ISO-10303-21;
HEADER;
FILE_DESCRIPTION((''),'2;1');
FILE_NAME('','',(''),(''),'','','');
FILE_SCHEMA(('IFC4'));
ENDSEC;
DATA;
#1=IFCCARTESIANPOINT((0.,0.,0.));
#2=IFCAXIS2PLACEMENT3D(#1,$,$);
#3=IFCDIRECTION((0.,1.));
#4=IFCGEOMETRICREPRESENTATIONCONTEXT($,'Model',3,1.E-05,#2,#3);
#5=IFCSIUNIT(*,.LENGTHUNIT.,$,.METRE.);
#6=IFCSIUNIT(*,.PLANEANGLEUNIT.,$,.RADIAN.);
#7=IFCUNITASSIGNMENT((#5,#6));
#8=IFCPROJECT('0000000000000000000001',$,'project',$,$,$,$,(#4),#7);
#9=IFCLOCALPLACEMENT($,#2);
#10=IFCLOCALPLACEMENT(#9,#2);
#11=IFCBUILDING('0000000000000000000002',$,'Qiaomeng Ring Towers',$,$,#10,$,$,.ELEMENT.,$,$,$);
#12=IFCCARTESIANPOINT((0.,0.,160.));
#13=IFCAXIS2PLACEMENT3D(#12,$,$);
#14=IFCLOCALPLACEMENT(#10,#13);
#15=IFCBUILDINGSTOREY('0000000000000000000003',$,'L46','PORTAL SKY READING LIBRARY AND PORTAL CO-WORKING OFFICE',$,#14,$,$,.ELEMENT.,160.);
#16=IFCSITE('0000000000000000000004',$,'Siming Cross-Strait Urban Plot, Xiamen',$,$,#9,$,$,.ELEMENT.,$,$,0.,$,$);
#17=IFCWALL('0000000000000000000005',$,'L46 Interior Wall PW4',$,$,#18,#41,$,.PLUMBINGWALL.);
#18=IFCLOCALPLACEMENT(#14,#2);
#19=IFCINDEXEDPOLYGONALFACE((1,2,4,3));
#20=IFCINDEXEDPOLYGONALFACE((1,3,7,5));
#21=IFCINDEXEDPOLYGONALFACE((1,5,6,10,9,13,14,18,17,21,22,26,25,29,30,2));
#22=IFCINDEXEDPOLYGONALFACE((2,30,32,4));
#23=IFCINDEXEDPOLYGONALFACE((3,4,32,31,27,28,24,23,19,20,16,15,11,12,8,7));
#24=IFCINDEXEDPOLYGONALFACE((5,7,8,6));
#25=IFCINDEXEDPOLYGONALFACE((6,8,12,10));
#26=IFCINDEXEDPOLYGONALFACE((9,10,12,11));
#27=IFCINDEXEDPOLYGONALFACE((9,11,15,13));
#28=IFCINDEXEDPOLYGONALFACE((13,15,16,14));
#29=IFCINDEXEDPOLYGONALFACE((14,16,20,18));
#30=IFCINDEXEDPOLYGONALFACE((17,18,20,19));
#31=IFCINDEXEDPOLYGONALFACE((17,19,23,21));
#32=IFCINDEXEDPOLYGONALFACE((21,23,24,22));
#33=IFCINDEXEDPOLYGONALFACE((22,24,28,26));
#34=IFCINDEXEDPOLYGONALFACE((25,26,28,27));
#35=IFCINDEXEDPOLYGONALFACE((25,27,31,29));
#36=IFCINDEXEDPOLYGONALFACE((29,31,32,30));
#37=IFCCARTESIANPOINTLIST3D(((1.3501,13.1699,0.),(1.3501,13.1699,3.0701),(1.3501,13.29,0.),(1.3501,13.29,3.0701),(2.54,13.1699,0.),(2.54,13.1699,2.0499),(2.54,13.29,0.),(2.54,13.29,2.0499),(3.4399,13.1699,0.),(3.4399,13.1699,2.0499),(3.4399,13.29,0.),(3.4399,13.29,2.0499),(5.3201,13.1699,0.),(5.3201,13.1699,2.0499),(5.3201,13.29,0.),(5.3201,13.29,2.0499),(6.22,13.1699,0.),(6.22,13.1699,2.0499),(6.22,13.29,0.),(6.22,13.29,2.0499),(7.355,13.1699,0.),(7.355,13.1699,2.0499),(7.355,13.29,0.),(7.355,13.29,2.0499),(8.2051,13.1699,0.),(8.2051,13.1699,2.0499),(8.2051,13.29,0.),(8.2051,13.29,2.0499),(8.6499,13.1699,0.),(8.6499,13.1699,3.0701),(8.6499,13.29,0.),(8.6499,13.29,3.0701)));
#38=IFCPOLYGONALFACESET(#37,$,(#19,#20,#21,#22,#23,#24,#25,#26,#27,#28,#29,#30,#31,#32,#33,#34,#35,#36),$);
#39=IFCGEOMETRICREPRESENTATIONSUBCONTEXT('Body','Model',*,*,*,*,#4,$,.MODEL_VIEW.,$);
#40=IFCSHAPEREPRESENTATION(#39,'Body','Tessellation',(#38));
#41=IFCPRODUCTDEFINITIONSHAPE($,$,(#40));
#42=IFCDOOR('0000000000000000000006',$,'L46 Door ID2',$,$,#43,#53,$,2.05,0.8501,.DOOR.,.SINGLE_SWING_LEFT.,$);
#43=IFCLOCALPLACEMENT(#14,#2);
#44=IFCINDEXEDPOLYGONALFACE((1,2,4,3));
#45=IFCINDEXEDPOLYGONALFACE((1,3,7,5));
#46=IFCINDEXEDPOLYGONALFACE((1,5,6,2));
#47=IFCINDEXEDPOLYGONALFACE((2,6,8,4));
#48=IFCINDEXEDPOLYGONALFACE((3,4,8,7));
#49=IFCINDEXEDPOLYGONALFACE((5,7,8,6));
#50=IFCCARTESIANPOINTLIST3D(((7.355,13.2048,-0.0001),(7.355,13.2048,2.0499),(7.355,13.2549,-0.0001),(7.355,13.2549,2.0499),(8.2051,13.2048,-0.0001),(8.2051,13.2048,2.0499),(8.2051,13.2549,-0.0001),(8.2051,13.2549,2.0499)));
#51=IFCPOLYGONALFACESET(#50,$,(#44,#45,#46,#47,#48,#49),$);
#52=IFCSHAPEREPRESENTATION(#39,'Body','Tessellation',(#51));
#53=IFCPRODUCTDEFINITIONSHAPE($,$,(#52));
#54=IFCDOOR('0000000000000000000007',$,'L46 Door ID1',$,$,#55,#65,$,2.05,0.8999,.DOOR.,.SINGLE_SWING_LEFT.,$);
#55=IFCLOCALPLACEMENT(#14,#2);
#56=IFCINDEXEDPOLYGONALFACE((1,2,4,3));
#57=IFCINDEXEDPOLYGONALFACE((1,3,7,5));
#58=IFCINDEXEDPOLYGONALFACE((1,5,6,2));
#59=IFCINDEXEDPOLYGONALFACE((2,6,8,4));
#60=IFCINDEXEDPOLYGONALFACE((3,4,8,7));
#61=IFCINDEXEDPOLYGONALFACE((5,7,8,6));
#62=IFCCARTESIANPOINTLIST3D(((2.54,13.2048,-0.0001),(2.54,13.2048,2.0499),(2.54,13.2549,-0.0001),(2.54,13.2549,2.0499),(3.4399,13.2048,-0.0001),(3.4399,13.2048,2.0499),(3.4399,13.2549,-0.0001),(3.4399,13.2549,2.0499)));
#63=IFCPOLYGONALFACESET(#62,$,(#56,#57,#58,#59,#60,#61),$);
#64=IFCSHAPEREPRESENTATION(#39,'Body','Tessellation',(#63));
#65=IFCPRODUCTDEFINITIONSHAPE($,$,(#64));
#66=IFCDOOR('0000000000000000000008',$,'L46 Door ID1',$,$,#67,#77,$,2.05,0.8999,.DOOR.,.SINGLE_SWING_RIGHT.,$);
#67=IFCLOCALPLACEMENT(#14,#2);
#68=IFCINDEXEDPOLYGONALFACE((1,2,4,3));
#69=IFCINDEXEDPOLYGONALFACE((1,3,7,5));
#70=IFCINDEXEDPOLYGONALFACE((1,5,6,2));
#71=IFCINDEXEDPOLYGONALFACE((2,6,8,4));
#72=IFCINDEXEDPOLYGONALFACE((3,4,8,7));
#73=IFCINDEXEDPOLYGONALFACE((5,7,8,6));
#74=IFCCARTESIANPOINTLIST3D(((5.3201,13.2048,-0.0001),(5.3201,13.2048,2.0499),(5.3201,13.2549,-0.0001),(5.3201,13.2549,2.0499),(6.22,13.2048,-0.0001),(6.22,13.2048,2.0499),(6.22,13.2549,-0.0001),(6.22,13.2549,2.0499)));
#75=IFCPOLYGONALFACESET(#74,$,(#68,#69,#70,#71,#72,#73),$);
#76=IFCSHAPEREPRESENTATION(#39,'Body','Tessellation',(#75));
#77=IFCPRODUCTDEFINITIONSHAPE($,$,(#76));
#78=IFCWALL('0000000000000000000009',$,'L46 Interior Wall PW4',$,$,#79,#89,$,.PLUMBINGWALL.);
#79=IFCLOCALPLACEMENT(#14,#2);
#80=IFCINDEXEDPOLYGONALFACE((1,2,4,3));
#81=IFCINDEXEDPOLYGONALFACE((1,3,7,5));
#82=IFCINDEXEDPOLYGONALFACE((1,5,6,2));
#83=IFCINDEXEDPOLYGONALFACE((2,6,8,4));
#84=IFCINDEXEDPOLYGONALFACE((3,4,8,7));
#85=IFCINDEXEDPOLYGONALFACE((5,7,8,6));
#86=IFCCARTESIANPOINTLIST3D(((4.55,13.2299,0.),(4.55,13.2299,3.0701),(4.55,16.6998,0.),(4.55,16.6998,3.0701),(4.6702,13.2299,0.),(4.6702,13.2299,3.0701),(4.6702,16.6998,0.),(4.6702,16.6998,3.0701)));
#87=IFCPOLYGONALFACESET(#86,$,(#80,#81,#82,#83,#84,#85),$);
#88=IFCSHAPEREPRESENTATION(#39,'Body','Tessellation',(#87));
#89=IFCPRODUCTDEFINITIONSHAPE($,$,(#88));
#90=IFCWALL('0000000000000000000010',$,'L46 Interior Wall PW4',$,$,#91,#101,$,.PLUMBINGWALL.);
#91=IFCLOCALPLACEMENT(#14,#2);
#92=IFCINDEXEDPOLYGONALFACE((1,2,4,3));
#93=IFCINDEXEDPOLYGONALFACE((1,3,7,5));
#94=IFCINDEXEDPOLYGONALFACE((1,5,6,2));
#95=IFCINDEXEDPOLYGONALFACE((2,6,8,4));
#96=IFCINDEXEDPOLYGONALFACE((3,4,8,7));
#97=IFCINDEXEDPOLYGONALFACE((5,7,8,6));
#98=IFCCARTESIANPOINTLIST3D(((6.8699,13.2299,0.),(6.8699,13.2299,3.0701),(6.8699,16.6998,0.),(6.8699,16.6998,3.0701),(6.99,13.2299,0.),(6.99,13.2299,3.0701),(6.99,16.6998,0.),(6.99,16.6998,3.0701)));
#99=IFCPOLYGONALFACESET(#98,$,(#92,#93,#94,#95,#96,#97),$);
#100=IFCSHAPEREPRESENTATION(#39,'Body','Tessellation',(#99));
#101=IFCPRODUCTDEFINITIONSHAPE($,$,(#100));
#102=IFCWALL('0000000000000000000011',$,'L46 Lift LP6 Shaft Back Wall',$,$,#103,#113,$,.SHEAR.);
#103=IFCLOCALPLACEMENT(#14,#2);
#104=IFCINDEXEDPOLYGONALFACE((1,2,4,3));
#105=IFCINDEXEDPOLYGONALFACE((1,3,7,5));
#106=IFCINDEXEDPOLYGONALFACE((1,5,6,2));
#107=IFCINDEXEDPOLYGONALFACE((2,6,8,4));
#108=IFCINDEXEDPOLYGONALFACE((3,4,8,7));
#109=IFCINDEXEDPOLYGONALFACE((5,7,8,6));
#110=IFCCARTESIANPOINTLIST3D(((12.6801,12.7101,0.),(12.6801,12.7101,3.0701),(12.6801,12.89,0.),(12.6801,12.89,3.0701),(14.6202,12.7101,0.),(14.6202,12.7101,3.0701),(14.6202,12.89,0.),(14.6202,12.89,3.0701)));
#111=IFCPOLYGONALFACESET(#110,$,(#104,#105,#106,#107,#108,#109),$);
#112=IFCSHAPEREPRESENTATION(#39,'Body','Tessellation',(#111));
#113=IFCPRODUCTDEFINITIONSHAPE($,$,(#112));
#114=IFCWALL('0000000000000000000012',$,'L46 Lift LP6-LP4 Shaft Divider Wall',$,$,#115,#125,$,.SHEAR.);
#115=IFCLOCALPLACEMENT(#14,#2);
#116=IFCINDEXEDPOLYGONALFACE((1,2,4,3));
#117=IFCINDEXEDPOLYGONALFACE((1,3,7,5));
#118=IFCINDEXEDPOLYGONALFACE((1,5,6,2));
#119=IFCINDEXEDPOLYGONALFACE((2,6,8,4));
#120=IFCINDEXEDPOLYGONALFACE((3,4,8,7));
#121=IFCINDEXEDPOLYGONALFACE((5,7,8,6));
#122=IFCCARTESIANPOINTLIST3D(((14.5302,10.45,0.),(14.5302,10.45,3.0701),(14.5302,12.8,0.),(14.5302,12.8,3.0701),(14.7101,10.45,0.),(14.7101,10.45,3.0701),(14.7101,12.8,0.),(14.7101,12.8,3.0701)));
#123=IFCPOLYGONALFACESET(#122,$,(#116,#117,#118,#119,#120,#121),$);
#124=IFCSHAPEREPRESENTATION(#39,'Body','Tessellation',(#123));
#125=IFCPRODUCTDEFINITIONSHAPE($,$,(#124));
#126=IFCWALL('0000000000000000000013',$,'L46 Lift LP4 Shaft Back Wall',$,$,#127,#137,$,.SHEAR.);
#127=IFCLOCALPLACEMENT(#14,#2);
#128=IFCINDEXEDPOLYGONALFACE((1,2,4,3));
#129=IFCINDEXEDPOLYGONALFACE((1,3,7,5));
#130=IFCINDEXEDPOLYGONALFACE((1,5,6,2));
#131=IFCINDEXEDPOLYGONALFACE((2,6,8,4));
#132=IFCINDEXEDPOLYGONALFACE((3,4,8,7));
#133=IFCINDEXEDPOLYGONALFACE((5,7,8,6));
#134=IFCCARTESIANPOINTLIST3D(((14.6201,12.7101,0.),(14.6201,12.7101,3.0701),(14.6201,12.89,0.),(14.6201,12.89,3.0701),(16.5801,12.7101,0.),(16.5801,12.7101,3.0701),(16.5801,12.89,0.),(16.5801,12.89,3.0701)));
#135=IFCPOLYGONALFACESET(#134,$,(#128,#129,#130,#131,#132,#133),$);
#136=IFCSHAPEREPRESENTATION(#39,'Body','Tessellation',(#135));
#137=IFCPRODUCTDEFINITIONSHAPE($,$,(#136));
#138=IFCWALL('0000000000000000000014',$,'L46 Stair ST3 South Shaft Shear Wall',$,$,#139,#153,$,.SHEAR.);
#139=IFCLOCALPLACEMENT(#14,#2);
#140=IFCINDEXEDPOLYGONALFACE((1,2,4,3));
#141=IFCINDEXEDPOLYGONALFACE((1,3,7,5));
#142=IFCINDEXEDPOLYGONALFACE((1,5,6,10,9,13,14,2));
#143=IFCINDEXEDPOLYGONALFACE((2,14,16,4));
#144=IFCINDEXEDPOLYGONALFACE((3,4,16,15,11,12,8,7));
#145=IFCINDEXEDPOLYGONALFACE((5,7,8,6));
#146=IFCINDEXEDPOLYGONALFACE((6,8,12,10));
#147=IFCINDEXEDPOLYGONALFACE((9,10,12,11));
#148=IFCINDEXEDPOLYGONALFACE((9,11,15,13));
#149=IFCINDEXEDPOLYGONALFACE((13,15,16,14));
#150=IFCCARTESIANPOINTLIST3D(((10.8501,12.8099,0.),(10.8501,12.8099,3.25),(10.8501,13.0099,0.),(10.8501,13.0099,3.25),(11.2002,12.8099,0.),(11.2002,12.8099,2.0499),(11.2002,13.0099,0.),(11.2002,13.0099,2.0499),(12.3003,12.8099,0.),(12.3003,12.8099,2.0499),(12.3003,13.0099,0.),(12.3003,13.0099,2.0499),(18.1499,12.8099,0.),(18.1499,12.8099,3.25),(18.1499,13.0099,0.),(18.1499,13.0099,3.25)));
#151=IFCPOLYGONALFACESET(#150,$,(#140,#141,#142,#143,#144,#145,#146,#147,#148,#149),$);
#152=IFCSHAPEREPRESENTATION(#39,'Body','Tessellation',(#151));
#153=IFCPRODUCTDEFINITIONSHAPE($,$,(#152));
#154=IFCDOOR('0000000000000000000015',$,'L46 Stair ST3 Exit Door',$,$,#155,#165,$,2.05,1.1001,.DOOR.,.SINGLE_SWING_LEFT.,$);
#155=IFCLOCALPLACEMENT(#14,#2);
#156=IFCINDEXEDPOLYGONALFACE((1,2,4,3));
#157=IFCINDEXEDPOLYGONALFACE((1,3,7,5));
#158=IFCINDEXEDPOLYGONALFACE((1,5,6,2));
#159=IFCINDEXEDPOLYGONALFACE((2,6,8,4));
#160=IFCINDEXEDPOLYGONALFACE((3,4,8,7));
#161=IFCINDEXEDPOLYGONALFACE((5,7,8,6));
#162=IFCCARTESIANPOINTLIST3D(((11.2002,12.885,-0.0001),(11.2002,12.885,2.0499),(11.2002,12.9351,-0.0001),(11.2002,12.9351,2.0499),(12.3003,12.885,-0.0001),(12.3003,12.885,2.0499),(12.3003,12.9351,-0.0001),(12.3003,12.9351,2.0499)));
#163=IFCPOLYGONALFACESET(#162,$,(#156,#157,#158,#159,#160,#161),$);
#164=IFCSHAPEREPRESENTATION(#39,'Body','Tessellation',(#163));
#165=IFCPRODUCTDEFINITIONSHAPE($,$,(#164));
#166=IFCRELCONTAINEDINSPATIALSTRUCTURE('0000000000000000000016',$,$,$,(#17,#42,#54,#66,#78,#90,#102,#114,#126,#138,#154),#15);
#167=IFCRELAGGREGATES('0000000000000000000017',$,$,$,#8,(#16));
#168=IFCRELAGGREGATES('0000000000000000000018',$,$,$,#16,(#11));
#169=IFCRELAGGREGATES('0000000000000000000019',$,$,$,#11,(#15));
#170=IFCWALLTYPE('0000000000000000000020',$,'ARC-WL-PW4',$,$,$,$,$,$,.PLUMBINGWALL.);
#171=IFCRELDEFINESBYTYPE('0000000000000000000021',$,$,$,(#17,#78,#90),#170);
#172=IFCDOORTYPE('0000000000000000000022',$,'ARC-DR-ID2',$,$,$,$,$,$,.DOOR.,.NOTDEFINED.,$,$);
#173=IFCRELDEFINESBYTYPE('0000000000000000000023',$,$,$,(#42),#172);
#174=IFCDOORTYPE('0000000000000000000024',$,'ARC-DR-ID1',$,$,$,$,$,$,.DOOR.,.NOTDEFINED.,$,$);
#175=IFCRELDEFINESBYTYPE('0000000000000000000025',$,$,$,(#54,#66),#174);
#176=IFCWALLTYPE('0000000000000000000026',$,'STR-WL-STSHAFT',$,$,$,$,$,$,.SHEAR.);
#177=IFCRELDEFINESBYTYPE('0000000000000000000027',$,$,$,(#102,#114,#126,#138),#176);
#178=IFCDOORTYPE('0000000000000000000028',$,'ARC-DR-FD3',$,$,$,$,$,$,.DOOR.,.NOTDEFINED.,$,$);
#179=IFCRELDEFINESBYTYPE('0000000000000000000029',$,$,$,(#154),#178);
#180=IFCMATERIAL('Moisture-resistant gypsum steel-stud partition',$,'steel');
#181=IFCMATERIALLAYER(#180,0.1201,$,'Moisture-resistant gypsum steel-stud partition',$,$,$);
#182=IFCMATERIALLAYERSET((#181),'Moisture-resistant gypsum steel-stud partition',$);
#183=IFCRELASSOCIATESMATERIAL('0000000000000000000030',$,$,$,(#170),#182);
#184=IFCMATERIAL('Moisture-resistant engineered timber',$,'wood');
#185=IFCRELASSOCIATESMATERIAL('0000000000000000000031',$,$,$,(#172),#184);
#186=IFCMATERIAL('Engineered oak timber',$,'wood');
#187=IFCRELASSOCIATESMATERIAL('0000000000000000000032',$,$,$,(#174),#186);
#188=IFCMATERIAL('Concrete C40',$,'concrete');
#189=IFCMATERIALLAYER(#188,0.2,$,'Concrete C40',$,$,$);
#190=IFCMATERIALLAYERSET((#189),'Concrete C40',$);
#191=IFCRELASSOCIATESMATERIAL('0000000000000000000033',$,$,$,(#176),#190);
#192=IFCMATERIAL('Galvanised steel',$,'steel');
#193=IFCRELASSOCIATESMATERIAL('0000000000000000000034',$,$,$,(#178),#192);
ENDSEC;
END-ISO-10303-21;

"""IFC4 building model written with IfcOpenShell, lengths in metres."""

from ifc_helpers import new_model, si_unit, direction, frame, frame_2d, origin, place, context, subcontext, project, spatial, rectangle, extrude, source, transform, mapped, material, layer, layer_set, type_object, element, fill, save


model = new_model("IFC4")

# Units and contexts
model_context = context("Model", 3, precision=1e-05, world=origin(), true_north=direction((0.0, 1.0)))
body_context = subcontext(model_context, "Body", "Model", "MODEL_VIEW")
ifc_project = project(units=[si_unit("LENGTHUNIT", "METRE"), si_unit("PLANEANGLEUNIT", "RADIAN")], contexts=[model_context])

# Site, building, storey
site_placement = place(None, origin())
site = spatial("IfcSite", under=ifc_project, at=site_placement, Name="Siming Cross-Strait Urban Plot, Xiamen", CompositionType="ELEMENT", RefElevation=0.0)
building_placement = place(site_placement, origin())
building = spatial("IfcBuilding", under=site, at=building_placement, Name="Qiaomeng Ring Towers", CompositionType="ELEMENT")
storey_placement = place(building_placement, frame((0.0, 0.0, 160.0)))
storey = spatial("IfcBuildingStorey", under=building, at=storey_placement, Name="L46", Description="PORTAL SKY READING LIBRARY AND PORTAL CO-WORKING OFFICE", CompositionType="ELEMENT", Elevation=160.0)

# Wall, openings, doors
ifc_material_1 = material(Name="Moisture-resistant gypsum steel-stud partition", Category="steel")
ifc_layer_1 = layer(ifc_material_1, 0.1201, Name="Moisture-resistant gypsum steel-stud partition")
ifc_layer_set_1 = layer_set([ifc_layer_1], Name="Moisture-resistant gypsum steel-stud partition")
wall_type_1 = type_object("IfcWallType", Name="ARC-WL-PW4", PredefinedType="PLUMBINGWALL", material=ifc_layer_set_1)
wall_1_placement = place(storey_placement, frame((1.3501, 13.23, 0.0), z_axis=(0.0, 0.0, 1.0), x_axis=(1.0, 0.0, 0.0)))
wall_1 = element("IfcWall", 1, at=wall_1_placement, inside=storey, type_object=wall_type_1, Name="L46 Interior Wall PW4", PredefinedType="PLUMBINGWALL", context=body_context, shape_type="SweptSolid", body=[
    extrude(rectangle(XDim=7.2998, YDim=0.1201, at=frame_2d((3.6499, 0.0))), origin(), (0.0, 0.0, 1.0), 3.0701),
])
opening_1_placement = place(wall_1_placement, frame((1.1899, 0.0, 0.0)))
opening_1 = element("IfcOpeningElement", 2, at=opening_1_placement, cuts=wall_1, PredefinedType="OPENING", context=body_context, shape_type="SweptSolid", body=[
    extrude(rectangle(XDim=0.8999, YDim=2.05, at=frame_2d((0.45, 1.0249))), frame((0.0, 0.0701, 0.0), z_axis=(0.0, -1.0, 0.0), x_axis=(1.0, 0.0, 0.0)), (0.0, 0.0, 1.0), 0.1401),
])
opening_2_placement = place(wall_1_placement, frame((3.97, 0.0, 0.0)))
opening_2 = element("IfcOpeningElement", 3, at=opening_2_placement, cuts=wall_1, PredefinedType="OPENING", context=body_context, shape_type="SweptSolid", body=[
    extrude(rectangle(XDim=0.8999, YDim=2.05, at=frame_2d((0.45, 1.0249))), frame((0.0, 0.0701, 0.0), z_axis=(0.0, -1.0, 0.0), x_axis=(1.0, 0.0, 0.0)), (0.0, 0.0, 1.0), 0.1401),
])
opening_3_placement = place(wall_1_placement, frame((6.0049, 0.0, 0.0)))
opening_3 = element("IfcOpeningElement", 4, at=opening_3_placement, cuts=wall_1, PredefinedType="OPENING", context=body_context, shape_type="SweptSolid", body=[
    extrude(rectangle(XDim=0.8501, YDim=2.05, at=frame_2d((0.425, 1.0249))), frame((0.0, 0.0701, 0.0), z_axis=(0.0, -1.0, 0.0), x_axis=(1.0, 0.0, 0.0)), (0.0, 0.0, 1.0), 0.1401),
])
ifc_material_2 = material(Name="Moisture-resistant engineered timber", Category="wood")
door_type_1 = type_object("IfcDoorType", Name="ARC-DR-ID2", OperationType="NOTDEFINED", PredefinedType="DOOR", material=ifc_material_2)
shared_shape_1 = source(origin(), body_context, "Body", "SweptSolid", [
    extrude(rectangle(XDim=0.8501, YDim=2.05, at=frame_2d((0.425, 1.0249))), frame((0.0, 0.0249, 0.0), z_axis=(0.0, -1.0, 0.0), x_axis=(1.0, 0.0, 0.0)), (0.0, 0.0, 1.0), 0.05),
])
door_1_placement = place(opening_3_placement, origin())
door_1 = element("IfcDoor", 5, at=door_1_placement, inside=storey, type_object=door_type_1, Name="L46 Door ID2", OperationType="SINGLE_SWING_LEFT", OverallHeight=2.05, OverallWidth=0.8501, PredefinedType="DOOR", context=body_context, shape_type="MappedRepresentation", body=[
    mapped(shared_shape_1, transform((0.0, 0.0, 0.0), x_axis=(1.0, 0.0, 0.0), y_axis=(0.0, 1.0, 0.0), z_axis=(0.0, 0.0, 1.0), scale=1.0)),
])
fill(opening_3, door_1)
ifc_material_3 = material(Name="Engineered oak timber", Category="wood")
door_type_2 = type_object("IfcDoorType", Name="ARC-DR-ID1", OperationType="NOTDEFINED", PredefinedType="DOOR", material=ifc_material_3)
shared_shape_2 = source(origin(), body_context, "Body", "SweptSolid", [
    extrude(rectangle(XDim=0.8999, YDim=2.05, at=frame_2d((0.45, 1.0249))), frame((0.0, 0.0249, 0.0), z_axis=(0.0, -1.0, 0.0), x_axis=(1.0, 0.0, 0.0)), (0.0, 0.0, 1.0), 0.05),
])
door_2_placement = place(opening_1_placement, origin())
door_2 = element("IfcDoor", 6, at=door_2_placement, inside=storey, type_object=door_type_2, Name="L46 Door ID1", OperationType="SINGLE_SWING_LEFT", OverallHeight=2.05, OverallWidth=0.8999, PredefinedType="DOOR", context=body_context, shape_type="MappedRepresentation", body=[
    mapped(shared_shape_2, transform((0.0, 0.0, 0.0), x_axis=(1.0, 0.0, 0.0), y_axis=(0.0, 1.0, 0.0), z_axis=(0.0, 0.0, 1.0), scale=1.0)),
])
fill(opening_1, door_2)
door_3_placement = place(opening_2_placement, origin())
door_3 = element("IfcDoor", 7, at=door_3_placement, inside=storey, type_object=door_type_2, Name="L46 Door ID1", OperationType="SINGLE_SWING_RIGHT", OverallHeight=2.05, OverallWidth=0.8999, PredefinedType="DOOR", context=body_context, shape_type="MappedRepresentation", body=[
    mapped(shared_shape_2, transform((0.0, 0.0, 0.0), x_axis=(1.0, 0.0, 0.0), y_axis=(0.0, 1.0, 0.0), z_axis=(0.0, 0.0, 1.0), scale=1.0)),
])
fill(opening_2, door_3)

# Walls
for number, where, z_axis, x_axis, name in (
    (8, (4.6101, 13.23, 0.0), (0.0, 0.0, 1.0), (0.0, 1.0, 0.0), "L46 Interior Wall PW4"),
    (9, (6.9299, 13.23, 0.0), (0.0, 0.0, 1.0), (0.0, 1.0, 0.0), "L46 Interior Wall PW4"),
):
    element("IfcWall", number, at=place(storey_placement, frame(where, z_axis=z_axis, x_axis=x_axis)), inside=storey, type_object=wall_type_1, Name=name, PredefinedType="PLUMBINGWALL", context=body_context, shape_type="SweptSolid", body=[
        extrude(rectangle(XDim=3.47, YDim=0.1201, at=frame_2d((1.7349, 0.0))), origin(), (0.0, 0.0, 1.0), 3.0701),
    ])
ifc_material_4 = material(Name="Concrete C40", Category="concrete")
ifc_layer_2 = layer(ifc_material_4, 0.2, Name="Concrete C40")
ifc_layer_set_2 = layer_set([ifc_layer_2], Name="Concrete C40")
wall_type_2 = type_object("IfcWallType", Name="STR-WL-STSHAFT", PredefinedType="SHEAR", material=ifc_layer_set_2)
wall_2_placement = place(storey_placement, frame((12.6799, 12.8, 0.0), z_axis=(0.0, 0.0, 1.0), x_axis=(1.0, 0.0, 0.0)))
element("IfcWall", 10, at=wall_2_placement, inside=storey, type_object=wall_type_2, Name="L46 Lift LP6 Shaft Back Wall", PredefinedType="SHEAR", context=body_context, shape_type="SweptSolid", body=[
    extrude(rectangle(XDim=1.9402, YDim=0.1799, at=frame_2d((0.9702, 0.0))), origin(), (0.0, 0.0, 1.0), 3.0701),
])
wall_3_placement = place(storey_placement, frame((14.6201, 10.45, 0.0), z_axis=(0.0, 0.0, 1.0), x_axis=(0.0, 1.0, 0.0)))
element("IfcWall", 11, at=wall_3_placement, inside=storey, type_object=wall_type_2, Name="L46 Lift LP6-LP4 Shaft Divider Wall", PredefinedType="SHEAR", context=body_context, shape_type="SweptSolid", body=[
    extrude(rectangle(XDim=2.3501, YDim=0.1799, at=frame_2d((1.175, 0.0))), origin(), (0.0, 0.0, 1.0), 3.0701),
])
wall_4_placement = place(storey_placement, frame((14.6201, 12.8, 0.0), z_axis=(0.0, 0.0, 1.0), x_axis=(1.0, 0.0, 0.0)))
element("IfcWall", 12, at=wall_4_placement, inside=storey, type_object=wall_type_2, Name="L46 Lift LP4 Shaft Back Wall", PredefinedType="SHEAR", context=body_context, shape_type="SweptSolid", body=[
    extrude(rectangle(XDim=1.96, YDim=0.1799, at=frame_2d((0.98, 0.0))), origin(), (0.0, 0.0, 1.0), 3.0701),
])

# Wall, opening, door
wall_5_placement = place(storey_placement, frame((10.8501, 12.9099, 0.0), z_axis=(0.0, 0.0, 1.0), x_axis=(1.0, 0.0, 0.0)))
wall_5 = element("IfcWall", 13, at=wall_5_placement, inside=storey, type_object=wall_type_2, Name="L46 Stair ST3 South Shaft Shear Wall", PredefinedType="SHEAR", context=body_context, shape_type="SweptSolid", body=[
    extrude(rectangle(XDim=7.2998, YDim=0.2, at=frame_2d((3.6499, 0.0))), origin(), (0.0, 0.0, 1.0), 3.25),
])
opening_4_placement = place(wall_5_placement, frame((0.3501, 0.0, 0.0)))
opening_4 = element("IfcOpeningElement", 14, at=opening_4_placement, cuts=wall_5, PredefinedType="OPENING", context=body_context, shape_type="SweptSolid", body=[
    extrude(rectangle(XDim=1.1001, YDim=2.05, at=frame_2d((0.55, 1.0249))), frame((0.0, 0.1099, 0.0), z_axis=(0.0, -1.0, 0.0), x_axis=(1.0, 0.0, 0.0)), (0.0, 0.0, 1.0), 0.22),
])
ifc_material_5 = material(Name="Galvanised steel", Category="steel")
door_type_3 = type_object("IfcDoorType", Name="ARC-DR-FD3", OperationType="NOTDEFINED", PredefinedType="DOOR", material=ifc_material_5)
shared_shape_3 = source(origin(), body_context, "Body", "SweptSolid", [
    extrude(rectangle(XDim=1.1001, YDim=2.05, at=frame_2d((0.55, 1.0249))), frame((0.0, 0.0249, 0.0), z_axis=(0.0, -1.0, 0.0), x_axis=(1.0, 0.0, 0.0)), (0.0, 0.0, 1.0), 0.05),
])
door_4_placement = place(opening_4_placement, frame((1.1001, 0.0, 0.0), z_axis=(0.0, 0.0, 1.0), x_axis=(-1.0, 0.0, 0.0)))
door_4 = element("IfcDoor", 15, at=door_4_placement, inside=storey, type_object=door_type_3, Name="L46 Stair ST3 Exit Door", OperationType="SINGLE_SWING_LEFT", OverallHeight=2.05, OverallWidth=1.1001, PredefinedType="DOOR", context=body_context, shape_type="MappedRepresentation", body=[
    mapped(shared_shape_3, transform((0.0, 0.0, 0.0), x_axis=(1.0, 0.0, 0.0), y_axis=(0.0, 1.0, 0.0), z_axis=(0.0, 0.0, 1.0), scale=1.0)),
])
fill(opening_4, door_4)

save(model, "model.ifc")
